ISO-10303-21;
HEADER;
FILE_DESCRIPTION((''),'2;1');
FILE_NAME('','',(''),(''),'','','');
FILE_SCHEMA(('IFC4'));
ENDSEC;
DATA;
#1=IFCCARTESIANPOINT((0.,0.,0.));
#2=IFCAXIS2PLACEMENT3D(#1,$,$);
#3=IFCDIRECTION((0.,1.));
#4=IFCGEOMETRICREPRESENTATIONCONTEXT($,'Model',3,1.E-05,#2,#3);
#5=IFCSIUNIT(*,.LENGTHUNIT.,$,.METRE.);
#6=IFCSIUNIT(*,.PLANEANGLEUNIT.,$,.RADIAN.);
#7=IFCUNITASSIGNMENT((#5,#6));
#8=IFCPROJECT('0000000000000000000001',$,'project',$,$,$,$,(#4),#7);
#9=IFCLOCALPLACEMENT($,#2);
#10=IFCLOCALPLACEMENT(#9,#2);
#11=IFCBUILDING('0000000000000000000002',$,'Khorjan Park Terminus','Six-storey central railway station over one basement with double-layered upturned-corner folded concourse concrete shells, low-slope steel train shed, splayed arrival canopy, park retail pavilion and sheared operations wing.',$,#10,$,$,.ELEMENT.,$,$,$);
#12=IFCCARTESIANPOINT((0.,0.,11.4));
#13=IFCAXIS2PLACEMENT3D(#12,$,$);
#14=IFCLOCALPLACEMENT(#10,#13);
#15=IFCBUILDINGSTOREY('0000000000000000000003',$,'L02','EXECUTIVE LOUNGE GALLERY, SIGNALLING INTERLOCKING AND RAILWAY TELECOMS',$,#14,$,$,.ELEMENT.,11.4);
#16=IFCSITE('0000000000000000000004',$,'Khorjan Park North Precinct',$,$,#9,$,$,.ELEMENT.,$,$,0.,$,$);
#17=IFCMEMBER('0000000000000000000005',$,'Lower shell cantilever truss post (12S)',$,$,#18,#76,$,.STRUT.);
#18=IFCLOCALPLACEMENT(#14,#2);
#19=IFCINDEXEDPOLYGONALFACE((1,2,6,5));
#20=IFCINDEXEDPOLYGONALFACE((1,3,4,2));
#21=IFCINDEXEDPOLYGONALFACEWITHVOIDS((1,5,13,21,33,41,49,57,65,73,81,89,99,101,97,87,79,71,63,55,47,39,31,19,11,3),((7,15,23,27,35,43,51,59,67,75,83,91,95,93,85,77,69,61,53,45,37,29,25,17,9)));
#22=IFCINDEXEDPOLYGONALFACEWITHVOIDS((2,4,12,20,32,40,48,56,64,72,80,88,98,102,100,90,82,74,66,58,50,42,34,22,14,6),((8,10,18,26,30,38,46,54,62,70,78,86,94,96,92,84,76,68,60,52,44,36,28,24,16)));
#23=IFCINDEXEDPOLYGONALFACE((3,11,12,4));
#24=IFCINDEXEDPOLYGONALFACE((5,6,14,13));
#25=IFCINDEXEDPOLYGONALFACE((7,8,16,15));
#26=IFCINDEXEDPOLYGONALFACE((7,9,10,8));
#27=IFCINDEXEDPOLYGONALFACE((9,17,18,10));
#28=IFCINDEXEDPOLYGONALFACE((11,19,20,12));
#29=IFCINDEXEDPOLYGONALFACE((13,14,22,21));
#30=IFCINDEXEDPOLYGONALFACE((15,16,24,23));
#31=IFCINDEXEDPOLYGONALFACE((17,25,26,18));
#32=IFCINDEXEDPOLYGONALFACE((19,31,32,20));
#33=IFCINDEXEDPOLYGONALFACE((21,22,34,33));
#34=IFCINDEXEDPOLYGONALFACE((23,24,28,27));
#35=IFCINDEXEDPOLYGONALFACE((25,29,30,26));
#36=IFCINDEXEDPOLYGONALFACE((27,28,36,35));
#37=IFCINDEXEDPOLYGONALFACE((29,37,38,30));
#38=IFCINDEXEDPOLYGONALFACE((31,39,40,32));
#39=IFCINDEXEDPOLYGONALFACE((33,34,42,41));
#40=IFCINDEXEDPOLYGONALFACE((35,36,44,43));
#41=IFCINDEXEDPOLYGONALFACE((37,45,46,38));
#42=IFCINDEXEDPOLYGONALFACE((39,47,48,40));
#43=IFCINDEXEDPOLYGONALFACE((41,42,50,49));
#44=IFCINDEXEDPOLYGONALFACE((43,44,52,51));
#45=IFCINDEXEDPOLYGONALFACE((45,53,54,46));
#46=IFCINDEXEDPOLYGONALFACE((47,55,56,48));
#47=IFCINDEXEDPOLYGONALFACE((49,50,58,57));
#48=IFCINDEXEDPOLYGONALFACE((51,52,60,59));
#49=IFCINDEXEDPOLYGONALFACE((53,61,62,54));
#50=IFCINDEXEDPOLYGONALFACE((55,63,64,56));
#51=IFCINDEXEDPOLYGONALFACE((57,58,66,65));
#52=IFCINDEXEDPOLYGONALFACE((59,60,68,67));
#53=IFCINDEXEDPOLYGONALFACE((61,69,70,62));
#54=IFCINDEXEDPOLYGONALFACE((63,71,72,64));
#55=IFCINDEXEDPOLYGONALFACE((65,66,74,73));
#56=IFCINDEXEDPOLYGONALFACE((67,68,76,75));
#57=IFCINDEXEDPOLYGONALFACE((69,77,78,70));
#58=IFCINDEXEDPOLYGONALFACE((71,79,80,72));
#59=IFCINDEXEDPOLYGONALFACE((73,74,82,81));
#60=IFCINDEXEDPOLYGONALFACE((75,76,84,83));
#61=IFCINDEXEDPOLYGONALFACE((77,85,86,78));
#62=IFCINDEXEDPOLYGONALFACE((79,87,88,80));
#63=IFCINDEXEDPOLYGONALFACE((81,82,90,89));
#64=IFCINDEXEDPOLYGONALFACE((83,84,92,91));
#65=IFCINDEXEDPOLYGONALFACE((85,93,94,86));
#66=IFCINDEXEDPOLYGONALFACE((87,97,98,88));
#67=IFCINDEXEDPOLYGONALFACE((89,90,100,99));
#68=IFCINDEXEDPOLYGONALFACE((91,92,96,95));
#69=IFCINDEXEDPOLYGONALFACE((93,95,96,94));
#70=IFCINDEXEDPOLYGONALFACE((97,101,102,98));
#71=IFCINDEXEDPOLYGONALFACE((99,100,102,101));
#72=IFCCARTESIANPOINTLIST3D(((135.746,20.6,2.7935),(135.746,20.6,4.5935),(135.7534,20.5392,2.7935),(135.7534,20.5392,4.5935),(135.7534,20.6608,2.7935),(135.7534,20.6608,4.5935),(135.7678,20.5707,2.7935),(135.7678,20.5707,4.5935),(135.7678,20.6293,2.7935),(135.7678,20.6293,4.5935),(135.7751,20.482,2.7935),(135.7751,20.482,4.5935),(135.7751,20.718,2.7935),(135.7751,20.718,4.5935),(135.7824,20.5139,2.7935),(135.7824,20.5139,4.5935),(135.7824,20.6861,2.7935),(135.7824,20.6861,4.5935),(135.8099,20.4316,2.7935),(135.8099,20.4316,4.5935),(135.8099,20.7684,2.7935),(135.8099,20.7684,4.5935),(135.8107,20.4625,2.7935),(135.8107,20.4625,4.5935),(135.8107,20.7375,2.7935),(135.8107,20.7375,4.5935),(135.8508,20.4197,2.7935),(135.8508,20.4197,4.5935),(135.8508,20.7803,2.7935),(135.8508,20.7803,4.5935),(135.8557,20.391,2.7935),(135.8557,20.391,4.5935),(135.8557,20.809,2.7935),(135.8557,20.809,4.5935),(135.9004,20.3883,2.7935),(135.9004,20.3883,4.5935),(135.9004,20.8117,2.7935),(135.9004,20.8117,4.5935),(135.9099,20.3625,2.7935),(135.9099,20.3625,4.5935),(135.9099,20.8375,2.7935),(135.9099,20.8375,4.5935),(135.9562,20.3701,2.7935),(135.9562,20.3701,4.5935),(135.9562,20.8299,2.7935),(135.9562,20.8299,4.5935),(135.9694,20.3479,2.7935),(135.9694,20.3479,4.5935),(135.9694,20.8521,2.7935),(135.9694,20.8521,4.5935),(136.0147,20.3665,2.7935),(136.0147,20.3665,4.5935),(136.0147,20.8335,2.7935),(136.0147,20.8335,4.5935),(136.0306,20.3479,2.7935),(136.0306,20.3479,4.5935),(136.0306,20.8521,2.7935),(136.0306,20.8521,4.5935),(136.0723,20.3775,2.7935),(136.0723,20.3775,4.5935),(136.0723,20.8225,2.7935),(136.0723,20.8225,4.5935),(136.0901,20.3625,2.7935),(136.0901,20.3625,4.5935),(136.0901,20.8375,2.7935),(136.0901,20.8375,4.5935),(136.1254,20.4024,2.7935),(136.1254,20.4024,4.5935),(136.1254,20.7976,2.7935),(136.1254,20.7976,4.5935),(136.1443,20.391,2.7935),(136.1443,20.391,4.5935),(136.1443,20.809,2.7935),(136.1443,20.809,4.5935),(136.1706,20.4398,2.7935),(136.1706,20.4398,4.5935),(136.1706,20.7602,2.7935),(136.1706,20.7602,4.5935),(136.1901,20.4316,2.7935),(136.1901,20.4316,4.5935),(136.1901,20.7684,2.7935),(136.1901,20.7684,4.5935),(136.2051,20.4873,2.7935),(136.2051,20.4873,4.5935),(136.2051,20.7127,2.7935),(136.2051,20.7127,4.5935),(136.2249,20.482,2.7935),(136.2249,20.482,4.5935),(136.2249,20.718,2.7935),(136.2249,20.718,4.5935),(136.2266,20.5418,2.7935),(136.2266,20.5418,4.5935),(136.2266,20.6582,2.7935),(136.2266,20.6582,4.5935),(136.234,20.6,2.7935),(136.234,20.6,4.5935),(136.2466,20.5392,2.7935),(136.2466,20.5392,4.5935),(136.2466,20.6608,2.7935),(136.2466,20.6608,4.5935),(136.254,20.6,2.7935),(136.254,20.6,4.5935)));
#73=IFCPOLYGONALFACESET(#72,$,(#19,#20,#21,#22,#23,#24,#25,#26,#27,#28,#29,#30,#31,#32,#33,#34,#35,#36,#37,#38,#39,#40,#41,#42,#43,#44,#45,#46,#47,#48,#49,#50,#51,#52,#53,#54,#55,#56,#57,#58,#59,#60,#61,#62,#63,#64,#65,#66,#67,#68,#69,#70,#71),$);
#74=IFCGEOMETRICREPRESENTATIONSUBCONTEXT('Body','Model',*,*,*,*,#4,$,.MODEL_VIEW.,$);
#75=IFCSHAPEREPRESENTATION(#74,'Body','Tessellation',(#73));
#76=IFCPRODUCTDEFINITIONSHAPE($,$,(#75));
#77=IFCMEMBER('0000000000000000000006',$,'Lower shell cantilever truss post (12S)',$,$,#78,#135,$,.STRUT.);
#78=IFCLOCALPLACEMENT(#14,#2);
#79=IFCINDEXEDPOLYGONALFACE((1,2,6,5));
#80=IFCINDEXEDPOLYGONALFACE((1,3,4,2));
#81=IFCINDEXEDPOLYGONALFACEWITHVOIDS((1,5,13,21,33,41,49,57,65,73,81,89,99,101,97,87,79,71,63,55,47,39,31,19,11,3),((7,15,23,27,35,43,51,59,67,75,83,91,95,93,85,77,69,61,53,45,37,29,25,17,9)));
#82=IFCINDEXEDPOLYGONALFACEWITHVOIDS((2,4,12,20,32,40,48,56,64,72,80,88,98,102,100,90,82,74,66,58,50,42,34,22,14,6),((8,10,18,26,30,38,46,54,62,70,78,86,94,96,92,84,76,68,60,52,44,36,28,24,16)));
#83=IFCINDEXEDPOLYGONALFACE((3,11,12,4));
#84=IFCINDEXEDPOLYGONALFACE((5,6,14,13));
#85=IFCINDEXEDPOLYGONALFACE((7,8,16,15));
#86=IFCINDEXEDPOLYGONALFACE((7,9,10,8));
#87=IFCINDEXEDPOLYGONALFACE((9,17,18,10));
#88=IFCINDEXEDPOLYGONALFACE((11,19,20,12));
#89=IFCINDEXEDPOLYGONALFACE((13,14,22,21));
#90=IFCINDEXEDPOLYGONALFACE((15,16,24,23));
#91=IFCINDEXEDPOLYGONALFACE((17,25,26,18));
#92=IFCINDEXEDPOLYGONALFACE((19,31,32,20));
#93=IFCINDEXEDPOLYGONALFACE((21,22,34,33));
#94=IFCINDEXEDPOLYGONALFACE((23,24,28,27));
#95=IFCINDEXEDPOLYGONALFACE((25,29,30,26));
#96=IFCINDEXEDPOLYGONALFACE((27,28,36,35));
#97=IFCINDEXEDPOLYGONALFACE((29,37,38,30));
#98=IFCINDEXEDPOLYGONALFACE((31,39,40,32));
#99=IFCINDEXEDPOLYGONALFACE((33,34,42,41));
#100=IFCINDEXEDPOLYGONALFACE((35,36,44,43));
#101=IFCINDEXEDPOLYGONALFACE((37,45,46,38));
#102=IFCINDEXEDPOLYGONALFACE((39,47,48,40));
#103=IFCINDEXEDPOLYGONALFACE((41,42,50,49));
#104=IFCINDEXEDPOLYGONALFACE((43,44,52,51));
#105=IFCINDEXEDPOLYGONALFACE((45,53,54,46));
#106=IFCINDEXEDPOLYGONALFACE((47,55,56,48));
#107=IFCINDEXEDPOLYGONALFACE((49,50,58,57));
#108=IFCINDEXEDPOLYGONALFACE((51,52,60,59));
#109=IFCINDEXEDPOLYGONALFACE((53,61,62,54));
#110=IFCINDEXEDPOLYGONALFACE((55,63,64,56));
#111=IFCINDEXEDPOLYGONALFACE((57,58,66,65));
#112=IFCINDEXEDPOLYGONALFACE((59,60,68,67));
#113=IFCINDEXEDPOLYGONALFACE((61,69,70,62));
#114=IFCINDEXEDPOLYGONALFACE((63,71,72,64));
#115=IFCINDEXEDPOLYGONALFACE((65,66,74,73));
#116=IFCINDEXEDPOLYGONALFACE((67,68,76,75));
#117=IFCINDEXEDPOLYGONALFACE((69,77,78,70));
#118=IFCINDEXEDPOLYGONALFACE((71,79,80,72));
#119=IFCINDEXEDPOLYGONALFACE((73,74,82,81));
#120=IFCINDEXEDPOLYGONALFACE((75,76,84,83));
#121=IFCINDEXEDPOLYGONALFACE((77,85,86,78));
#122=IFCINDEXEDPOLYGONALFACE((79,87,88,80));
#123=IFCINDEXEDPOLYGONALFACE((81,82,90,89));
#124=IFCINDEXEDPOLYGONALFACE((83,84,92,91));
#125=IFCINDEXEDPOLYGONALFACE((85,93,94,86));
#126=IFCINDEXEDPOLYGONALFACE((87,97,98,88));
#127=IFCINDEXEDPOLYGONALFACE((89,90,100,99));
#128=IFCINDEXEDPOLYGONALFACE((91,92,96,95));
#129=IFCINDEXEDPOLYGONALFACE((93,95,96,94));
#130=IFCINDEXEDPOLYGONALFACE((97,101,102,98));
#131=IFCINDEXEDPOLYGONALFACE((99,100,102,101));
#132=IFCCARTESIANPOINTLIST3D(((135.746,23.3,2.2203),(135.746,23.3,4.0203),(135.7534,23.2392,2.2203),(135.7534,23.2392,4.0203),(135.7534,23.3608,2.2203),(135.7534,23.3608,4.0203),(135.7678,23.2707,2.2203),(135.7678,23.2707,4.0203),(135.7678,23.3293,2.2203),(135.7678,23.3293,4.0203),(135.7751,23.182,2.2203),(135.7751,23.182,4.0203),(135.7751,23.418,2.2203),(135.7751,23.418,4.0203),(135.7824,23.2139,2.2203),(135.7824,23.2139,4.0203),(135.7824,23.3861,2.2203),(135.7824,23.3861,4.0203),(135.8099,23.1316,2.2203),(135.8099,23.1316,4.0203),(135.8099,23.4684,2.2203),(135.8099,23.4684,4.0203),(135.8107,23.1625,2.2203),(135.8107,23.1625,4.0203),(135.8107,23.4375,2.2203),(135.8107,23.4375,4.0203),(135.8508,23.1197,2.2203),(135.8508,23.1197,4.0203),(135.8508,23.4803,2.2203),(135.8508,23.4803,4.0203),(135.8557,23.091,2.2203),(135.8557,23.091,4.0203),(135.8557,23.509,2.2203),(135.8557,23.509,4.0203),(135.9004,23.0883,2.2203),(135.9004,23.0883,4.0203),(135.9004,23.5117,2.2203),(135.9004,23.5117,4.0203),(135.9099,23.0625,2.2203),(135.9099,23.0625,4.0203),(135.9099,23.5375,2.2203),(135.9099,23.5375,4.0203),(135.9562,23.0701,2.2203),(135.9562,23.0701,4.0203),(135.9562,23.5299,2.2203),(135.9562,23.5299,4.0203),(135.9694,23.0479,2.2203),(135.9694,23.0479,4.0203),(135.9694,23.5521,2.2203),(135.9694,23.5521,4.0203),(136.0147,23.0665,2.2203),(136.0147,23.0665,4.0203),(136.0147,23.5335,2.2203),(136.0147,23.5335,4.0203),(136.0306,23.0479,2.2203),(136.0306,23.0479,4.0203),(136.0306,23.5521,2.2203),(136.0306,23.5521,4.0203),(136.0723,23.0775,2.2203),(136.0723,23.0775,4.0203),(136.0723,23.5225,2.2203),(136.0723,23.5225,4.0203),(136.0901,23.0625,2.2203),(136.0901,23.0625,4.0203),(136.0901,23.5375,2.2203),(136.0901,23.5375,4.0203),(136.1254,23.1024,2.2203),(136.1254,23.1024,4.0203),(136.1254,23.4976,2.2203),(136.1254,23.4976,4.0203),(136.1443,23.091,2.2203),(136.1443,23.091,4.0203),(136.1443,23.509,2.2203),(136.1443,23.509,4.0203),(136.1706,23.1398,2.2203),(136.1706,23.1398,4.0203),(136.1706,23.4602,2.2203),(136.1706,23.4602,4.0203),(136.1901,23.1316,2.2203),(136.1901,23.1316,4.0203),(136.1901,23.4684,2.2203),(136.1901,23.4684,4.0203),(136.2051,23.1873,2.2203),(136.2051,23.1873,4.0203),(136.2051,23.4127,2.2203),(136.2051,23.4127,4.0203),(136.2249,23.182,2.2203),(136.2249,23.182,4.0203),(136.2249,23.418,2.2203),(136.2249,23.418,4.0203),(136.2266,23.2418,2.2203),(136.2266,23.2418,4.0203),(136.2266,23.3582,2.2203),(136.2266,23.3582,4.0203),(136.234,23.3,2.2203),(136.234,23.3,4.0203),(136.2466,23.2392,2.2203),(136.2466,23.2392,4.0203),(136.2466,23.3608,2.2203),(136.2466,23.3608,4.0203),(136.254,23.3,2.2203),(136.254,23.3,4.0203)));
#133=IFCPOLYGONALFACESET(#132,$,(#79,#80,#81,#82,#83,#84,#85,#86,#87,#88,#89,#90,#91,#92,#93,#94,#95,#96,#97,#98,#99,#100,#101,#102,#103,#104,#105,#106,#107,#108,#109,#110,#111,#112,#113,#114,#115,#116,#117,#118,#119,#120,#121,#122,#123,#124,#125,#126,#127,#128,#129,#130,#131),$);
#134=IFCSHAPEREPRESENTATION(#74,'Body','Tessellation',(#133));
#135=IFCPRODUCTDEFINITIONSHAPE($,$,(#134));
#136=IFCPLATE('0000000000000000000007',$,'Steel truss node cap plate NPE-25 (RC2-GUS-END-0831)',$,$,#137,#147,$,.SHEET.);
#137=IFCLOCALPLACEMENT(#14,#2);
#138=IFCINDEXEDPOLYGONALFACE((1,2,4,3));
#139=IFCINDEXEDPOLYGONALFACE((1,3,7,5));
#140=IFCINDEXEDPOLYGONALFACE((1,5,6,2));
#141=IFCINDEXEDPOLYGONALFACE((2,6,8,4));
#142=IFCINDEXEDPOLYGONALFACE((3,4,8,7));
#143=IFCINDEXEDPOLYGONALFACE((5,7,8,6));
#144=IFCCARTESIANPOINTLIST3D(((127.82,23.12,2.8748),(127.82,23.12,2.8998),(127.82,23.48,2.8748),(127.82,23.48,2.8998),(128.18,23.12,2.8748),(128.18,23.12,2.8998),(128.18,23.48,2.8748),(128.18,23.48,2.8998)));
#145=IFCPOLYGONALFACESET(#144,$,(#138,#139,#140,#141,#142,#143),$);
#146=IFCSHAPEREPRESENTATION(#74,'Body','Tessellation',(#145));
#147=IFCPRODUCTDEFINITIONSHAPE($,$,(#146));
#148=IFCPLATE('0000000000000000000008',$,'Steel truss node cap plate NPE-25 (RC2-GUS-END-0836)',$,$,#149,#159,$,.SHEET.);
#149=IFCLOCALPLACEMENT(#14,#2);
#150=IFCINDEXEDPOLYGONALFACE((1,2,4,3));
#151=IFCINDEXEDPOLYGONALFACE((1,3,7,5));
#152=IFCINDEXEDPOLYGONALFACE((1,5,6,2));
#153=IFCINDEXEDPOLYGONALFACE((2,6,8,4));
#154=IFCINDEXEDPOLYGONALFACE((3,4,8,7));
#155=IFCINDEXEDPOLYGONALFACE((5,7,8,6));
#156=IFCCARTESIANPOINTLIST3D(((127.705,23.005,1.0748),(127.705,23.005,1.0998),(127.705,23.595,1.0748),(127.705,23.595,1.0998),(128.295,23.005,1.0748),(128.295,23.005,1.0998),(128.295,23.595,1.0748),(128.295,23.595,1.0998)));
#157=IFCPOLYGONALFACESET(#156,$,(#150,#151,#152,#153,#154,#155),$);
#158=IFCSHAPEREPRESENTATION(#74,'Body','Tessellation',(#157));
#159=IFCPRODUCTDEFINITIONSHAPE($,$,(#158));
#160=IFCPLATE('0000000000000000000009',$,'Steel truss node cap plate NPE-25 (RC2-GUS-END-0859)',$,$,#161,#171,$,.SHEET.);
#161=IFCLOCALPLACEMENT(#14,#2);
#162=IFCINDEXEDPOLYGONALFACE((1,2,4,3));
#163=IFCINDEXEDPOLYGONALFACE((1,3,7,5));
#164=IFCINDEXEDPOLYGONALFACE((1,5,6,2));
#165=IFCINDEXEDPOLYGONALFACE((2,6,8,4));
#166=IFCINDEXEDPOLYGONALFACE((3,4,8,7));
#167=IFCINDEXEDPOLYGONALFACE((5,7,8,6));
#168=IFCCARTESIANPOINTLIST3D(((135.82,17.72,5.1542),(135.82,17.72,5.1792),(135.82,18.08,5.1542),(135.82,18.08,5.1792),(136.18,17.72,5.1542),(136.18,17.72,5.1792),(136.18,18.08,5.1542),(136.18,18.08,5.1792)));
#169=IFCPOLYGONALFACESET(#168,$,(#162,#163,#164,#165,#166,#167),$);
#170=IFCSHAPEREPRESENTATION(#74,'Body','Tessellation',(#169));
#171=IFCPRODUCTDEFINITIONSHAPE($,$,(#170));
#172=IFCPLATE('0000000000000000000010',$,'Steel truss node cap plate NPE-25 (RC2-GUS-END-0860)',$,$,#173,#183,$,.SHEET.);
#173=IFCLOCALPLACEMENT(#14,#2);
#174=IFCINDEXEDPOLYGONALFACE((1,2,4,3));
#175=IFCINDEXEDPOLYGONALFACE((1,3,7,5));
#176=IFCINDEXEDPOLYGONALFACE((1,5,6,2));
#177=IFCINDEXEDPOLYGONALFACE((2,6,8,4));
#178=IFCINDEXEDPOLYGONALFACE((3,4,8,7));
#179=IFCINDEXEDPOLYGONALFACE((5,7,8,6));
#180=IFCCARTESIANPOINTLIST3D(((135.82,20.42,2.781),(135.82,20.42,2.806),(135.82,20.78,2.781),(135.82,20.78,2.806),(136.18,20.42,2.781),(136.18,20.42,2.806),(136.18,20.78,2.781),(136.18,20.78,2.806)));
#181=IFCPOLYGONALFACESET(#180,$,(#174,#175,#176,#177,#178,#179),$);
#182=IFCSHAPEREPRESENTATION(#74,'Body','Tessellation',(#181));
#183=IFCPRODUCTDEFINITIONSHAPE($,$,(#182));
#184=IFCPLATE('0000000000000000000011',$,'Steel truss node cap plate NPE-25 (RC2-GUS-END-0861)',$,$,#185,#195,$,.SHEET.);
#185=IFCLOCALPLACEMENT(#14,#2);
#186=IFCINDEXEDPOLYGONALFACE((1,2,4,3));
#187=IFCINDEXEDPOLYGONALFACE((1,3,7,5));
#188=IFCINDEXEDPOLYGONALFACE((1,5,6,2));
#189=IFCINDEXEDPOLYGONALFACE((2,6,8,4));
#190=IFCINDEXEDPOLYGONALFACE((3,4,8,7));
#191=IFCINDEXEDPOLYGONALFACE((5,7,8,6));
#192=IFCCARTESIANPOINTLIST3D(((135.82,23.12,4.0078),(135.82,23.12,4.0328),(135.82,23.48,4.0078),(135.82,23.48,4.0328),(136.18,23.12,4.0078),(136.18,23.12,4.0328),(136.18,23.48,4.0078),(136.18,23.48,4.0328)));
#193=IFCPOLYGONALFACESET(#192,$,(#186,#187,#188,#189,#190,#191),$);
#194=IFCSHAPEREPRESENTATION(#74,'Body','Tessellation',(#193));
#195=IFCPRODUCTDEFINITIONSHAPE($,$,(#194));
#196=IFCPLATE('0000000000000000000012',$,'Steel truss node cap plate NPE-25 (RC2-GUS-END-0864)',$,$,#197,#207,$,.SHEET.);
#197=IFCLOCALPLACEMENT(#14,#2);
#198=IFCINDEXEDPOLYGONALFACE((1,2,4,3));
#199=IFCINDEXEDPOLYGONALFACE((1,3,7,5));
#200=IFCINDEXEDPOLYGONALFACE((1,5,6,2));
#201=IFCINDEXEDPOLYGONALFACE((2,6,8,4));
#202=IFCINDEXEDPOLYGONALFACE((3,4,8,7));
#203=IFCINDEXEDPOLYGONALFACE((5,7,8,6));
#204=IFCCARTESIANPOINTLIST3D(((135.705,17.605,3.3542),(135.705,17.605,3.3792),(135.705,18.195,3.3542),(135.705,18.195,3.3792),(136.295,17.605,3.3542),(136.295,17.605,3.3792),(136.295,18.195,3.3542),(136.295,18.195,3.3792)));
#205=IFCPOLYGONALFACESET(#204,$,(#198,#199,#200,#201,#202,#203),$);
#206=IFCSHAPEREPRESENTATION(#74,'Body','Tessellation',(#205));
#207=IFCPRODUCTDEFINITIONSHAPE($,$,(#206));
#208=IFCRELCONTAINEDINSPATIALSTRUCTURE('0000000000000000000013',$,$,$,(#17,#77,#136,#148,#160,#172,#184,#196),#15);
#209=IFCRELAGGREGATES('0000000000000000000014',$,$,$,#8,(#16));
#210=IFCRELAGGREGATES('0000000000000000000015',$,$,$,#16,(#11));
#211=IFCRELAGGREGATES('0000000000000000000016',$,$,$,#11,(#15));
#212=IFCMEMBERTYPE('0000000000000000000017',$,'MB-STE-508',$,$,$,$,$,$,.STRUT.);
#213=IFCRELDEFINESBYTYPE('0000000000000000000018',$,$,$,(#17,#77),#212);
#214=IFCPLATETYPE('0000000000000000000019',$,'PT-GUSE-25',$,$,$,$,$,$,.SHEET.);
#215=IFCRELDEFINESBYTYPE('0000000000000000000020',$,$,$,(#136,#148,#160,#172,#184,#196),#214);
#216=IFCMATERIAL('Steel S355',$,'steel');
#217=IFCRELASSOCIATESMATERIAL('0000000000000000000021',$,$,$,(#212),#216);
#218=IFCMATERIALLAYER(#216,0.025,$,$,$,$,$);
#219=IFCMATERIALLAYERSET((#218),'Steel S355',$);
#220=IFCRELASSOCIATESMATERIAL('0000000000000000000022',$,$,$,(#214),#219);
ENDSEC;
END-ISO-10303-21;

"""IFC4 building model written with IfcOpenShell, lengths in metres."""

from ifc_helpers import new_model, si_unit, direction, frame, origin, origin_2d, place, context, subcontext, project, spatial, rectangle, hollow_circle, extrude, material, layer, layer_set, material_profile, profile_set, type_object, element, save


model = new_model("IFC4")

# Units and contexts
model_context = context("Model", 3, precision=1e-05, world=origin(), true_north=direction((0.0, 1.0)))
body_context = subcontext(model_context, "Body", "Model", "MODEL_VIEW")
ifc_project = project(units=[si_unit("LENGTHUNIT", "METRE"), si_unit("PLANEANGLEUNIT", "RADIAN")], contexts=[model_context])

# Site, building, storey
site_placement = place(None, origin())
site = spatial("IfcSite", under=ifc_project, at=site_placement, Name="Khorjan Park North Precinct", CompositionType="ELEMENT", RefElevation=0.0)
building_placement = place(site_placement, origin())
building = spatial("IfcBuilding", under=site, at=building_placement, Name="Khorjan Park Terminus", Description="Six-storey central railway station over one basement with double-layered upturned-corner folded concourse concrete shells, low-slope steel train shed, splayed arrival canopy, park retail pavilion and sheared operations wing.", CompositionType="ELEMENT")
storey_placement = place(building_placement, frame((0.0, 0.0, 11.4)))
storey = spatial("IfcBuildingStorey", under=building, at=storey_placement, Name="L02", Description="EXECUTIVE LOUNGE GALLERY, SIGNALLING INTERLOCKING AND RAILWAY TELECOMS", CompositionType="ELEMENT", Elevation=11.4)

# Members
ifc_material_1 = material(Name="Steel S355", Category="steel")
ifc_material_profile_1 = material_profile(ifc_material_1, hollow_circle(Radius=0.254, WallThickness=0.02, at=origin_2d()), Name="CHS 508x20")
ifc_profile_set_1 = profile_set([ifc_material_profile_1], Name="Steel S355")
member_type_1 = type_object("IfcMemberType", Name="MB-STE-508", PredefinedType="STRUT", material=ifc_profile_set_1)
for number, where, z_axis, x_axis, name in (
    (1, (136.0, 20.6, 2.7935), (0.0, 0.0, 1.0), (1.0, 0.0, 0.0), "Lower shell cantilever truss post (12S)"),
    (2, (136.0, 23.3, 2.2203), (0.0, 0.0, 1.0), (1.0, 0.0, 0.0), "Lower shell cantilever truss post (12S)"),
):
    element("IfcMember", number, at=place(storey_placement, frame(where, z_axis=z_axis, x_axis=x_axis)), inside=storey, type_object=member_type_1, Name=name, PredefinedType="STRUT", context=body_context, shape_type="SweptSolid", body=[
        extrude(hollow_circle(Radius=0.254, WallThickness=0.02, at=origin_2d()), origin(), (0.0, 0.0, 1.0), 1.8),
    ])

# Plates
ifc_layer_1 = layer(ifc_material_1, 0.025)
ifc_layer_set_1 = layer_set([ifc_layer_1], Name="Steel S355")
plate_type = type_object("IfcPlateType", Name="PT-GUSE-25", PredefinedType="SHEET", material=ifc_layer_set_1)
plate_1_placement = place(storey_placement, frame((128.0, 23.3, 2.8748), z_axis=(0.0, 0.0, 1.0), x_axis=(1.0, 0.0, 0.0)))
element("IfcPlate", 3, at=plate_1_placement, inside=storey, type_object=plate_type, Name="Steel truss node cap plate NPE-25 (RC2-GUS-END-0831)", PredefinedType="SHEET", context=body_context, shape_type="SweptSolid", body=[
    extrude(rectangle(XDim=0.36, YDim=0.36, at=origin_2d()), origin(), (0.0, 0.0, 1.0), 0.025),
])
plate_2_placement = place(storey_placement, frame((128.0, 23.3, 1.0748), z_axis=(0.0, 0.0, 1.0), x_axis=(1.0, 0.0, 0.0)))
element("IfcPlate", 4, at=plate_2_placement, inside=storey, type_object=plate_type, Name="Steel truss node cap plate NPE-25 (RC2-GUS-END-0836)", PredefinedType="SHEET", context=body_context, shape_type="SweptSolid", body=[
    extrude(rectangle(XDim=0.59, YDim=0.59, at=origin_2d()), origin(), (0.0, 0.0, 1.0), 0.025),
])
for number, where, z_axis, x_axis, name in (
    (5, (136.0, 17.9, 5.1542), (0.0, 0.0, 1.0), (1.0, 0.0, 0.0), "Steel truss node cap plate NPE-25 (RC2-GUS-END-0859)"),
    (6, (136.0, 20.6, 2.781), (0.0, 0.0, 1.0), (1.0, 0.0, 0.0), "Steel truss node cap plate NPE-25 (RC2-GUS-END-0860)"),
    (7, (136.0, 23.3, 4.0078), (0.0, 0.0, 1.0), (1.0, 0.0, 0.0), "Steel truss node cap plate NPE-25 (RC2-GUS-END-0861)"),
):
    element("IfcPlate", number, at=place(storey_placement, frame(where, z_axis=z_axis, x_axis=x_axis)), inside=storey, type_object=plate_type, Name=name, PredefinedType="SHEET", context=body_context, shape_type="SweptSolid", body=[
        extrude(rectangle(XDim=0.36, YDim=0.36, at=origin_2d()), origin(), (0.0, 0.0, 1.0), 0.025),
    ])
for number, where, z_axis, x_axis, name in (
    (8, (136.0, 17.9, 3.3542), (0.0, 0.0, 1.0), (1.0, 0.0, 0.0), "Steel truss node cap plate NPE-25 (RC2-GUS-END-0864)"),
):
    element("IfcPlate", number, at=place(storey_placement, frame(where, z_axis=z_axis, x_axis=x_axis)), inside=storey, type_object=plate_type, Name=name, PredefinedType="SHEET", context=body_context, shape_type="SweptSolid", body=[
        extrude(rectangle(XDim=0.59, YDim=0.59, at=origin_2d()), origin(), (0.0, 0.0, 1.0), 0.025),
    ])

save(model, "model.ifc")
